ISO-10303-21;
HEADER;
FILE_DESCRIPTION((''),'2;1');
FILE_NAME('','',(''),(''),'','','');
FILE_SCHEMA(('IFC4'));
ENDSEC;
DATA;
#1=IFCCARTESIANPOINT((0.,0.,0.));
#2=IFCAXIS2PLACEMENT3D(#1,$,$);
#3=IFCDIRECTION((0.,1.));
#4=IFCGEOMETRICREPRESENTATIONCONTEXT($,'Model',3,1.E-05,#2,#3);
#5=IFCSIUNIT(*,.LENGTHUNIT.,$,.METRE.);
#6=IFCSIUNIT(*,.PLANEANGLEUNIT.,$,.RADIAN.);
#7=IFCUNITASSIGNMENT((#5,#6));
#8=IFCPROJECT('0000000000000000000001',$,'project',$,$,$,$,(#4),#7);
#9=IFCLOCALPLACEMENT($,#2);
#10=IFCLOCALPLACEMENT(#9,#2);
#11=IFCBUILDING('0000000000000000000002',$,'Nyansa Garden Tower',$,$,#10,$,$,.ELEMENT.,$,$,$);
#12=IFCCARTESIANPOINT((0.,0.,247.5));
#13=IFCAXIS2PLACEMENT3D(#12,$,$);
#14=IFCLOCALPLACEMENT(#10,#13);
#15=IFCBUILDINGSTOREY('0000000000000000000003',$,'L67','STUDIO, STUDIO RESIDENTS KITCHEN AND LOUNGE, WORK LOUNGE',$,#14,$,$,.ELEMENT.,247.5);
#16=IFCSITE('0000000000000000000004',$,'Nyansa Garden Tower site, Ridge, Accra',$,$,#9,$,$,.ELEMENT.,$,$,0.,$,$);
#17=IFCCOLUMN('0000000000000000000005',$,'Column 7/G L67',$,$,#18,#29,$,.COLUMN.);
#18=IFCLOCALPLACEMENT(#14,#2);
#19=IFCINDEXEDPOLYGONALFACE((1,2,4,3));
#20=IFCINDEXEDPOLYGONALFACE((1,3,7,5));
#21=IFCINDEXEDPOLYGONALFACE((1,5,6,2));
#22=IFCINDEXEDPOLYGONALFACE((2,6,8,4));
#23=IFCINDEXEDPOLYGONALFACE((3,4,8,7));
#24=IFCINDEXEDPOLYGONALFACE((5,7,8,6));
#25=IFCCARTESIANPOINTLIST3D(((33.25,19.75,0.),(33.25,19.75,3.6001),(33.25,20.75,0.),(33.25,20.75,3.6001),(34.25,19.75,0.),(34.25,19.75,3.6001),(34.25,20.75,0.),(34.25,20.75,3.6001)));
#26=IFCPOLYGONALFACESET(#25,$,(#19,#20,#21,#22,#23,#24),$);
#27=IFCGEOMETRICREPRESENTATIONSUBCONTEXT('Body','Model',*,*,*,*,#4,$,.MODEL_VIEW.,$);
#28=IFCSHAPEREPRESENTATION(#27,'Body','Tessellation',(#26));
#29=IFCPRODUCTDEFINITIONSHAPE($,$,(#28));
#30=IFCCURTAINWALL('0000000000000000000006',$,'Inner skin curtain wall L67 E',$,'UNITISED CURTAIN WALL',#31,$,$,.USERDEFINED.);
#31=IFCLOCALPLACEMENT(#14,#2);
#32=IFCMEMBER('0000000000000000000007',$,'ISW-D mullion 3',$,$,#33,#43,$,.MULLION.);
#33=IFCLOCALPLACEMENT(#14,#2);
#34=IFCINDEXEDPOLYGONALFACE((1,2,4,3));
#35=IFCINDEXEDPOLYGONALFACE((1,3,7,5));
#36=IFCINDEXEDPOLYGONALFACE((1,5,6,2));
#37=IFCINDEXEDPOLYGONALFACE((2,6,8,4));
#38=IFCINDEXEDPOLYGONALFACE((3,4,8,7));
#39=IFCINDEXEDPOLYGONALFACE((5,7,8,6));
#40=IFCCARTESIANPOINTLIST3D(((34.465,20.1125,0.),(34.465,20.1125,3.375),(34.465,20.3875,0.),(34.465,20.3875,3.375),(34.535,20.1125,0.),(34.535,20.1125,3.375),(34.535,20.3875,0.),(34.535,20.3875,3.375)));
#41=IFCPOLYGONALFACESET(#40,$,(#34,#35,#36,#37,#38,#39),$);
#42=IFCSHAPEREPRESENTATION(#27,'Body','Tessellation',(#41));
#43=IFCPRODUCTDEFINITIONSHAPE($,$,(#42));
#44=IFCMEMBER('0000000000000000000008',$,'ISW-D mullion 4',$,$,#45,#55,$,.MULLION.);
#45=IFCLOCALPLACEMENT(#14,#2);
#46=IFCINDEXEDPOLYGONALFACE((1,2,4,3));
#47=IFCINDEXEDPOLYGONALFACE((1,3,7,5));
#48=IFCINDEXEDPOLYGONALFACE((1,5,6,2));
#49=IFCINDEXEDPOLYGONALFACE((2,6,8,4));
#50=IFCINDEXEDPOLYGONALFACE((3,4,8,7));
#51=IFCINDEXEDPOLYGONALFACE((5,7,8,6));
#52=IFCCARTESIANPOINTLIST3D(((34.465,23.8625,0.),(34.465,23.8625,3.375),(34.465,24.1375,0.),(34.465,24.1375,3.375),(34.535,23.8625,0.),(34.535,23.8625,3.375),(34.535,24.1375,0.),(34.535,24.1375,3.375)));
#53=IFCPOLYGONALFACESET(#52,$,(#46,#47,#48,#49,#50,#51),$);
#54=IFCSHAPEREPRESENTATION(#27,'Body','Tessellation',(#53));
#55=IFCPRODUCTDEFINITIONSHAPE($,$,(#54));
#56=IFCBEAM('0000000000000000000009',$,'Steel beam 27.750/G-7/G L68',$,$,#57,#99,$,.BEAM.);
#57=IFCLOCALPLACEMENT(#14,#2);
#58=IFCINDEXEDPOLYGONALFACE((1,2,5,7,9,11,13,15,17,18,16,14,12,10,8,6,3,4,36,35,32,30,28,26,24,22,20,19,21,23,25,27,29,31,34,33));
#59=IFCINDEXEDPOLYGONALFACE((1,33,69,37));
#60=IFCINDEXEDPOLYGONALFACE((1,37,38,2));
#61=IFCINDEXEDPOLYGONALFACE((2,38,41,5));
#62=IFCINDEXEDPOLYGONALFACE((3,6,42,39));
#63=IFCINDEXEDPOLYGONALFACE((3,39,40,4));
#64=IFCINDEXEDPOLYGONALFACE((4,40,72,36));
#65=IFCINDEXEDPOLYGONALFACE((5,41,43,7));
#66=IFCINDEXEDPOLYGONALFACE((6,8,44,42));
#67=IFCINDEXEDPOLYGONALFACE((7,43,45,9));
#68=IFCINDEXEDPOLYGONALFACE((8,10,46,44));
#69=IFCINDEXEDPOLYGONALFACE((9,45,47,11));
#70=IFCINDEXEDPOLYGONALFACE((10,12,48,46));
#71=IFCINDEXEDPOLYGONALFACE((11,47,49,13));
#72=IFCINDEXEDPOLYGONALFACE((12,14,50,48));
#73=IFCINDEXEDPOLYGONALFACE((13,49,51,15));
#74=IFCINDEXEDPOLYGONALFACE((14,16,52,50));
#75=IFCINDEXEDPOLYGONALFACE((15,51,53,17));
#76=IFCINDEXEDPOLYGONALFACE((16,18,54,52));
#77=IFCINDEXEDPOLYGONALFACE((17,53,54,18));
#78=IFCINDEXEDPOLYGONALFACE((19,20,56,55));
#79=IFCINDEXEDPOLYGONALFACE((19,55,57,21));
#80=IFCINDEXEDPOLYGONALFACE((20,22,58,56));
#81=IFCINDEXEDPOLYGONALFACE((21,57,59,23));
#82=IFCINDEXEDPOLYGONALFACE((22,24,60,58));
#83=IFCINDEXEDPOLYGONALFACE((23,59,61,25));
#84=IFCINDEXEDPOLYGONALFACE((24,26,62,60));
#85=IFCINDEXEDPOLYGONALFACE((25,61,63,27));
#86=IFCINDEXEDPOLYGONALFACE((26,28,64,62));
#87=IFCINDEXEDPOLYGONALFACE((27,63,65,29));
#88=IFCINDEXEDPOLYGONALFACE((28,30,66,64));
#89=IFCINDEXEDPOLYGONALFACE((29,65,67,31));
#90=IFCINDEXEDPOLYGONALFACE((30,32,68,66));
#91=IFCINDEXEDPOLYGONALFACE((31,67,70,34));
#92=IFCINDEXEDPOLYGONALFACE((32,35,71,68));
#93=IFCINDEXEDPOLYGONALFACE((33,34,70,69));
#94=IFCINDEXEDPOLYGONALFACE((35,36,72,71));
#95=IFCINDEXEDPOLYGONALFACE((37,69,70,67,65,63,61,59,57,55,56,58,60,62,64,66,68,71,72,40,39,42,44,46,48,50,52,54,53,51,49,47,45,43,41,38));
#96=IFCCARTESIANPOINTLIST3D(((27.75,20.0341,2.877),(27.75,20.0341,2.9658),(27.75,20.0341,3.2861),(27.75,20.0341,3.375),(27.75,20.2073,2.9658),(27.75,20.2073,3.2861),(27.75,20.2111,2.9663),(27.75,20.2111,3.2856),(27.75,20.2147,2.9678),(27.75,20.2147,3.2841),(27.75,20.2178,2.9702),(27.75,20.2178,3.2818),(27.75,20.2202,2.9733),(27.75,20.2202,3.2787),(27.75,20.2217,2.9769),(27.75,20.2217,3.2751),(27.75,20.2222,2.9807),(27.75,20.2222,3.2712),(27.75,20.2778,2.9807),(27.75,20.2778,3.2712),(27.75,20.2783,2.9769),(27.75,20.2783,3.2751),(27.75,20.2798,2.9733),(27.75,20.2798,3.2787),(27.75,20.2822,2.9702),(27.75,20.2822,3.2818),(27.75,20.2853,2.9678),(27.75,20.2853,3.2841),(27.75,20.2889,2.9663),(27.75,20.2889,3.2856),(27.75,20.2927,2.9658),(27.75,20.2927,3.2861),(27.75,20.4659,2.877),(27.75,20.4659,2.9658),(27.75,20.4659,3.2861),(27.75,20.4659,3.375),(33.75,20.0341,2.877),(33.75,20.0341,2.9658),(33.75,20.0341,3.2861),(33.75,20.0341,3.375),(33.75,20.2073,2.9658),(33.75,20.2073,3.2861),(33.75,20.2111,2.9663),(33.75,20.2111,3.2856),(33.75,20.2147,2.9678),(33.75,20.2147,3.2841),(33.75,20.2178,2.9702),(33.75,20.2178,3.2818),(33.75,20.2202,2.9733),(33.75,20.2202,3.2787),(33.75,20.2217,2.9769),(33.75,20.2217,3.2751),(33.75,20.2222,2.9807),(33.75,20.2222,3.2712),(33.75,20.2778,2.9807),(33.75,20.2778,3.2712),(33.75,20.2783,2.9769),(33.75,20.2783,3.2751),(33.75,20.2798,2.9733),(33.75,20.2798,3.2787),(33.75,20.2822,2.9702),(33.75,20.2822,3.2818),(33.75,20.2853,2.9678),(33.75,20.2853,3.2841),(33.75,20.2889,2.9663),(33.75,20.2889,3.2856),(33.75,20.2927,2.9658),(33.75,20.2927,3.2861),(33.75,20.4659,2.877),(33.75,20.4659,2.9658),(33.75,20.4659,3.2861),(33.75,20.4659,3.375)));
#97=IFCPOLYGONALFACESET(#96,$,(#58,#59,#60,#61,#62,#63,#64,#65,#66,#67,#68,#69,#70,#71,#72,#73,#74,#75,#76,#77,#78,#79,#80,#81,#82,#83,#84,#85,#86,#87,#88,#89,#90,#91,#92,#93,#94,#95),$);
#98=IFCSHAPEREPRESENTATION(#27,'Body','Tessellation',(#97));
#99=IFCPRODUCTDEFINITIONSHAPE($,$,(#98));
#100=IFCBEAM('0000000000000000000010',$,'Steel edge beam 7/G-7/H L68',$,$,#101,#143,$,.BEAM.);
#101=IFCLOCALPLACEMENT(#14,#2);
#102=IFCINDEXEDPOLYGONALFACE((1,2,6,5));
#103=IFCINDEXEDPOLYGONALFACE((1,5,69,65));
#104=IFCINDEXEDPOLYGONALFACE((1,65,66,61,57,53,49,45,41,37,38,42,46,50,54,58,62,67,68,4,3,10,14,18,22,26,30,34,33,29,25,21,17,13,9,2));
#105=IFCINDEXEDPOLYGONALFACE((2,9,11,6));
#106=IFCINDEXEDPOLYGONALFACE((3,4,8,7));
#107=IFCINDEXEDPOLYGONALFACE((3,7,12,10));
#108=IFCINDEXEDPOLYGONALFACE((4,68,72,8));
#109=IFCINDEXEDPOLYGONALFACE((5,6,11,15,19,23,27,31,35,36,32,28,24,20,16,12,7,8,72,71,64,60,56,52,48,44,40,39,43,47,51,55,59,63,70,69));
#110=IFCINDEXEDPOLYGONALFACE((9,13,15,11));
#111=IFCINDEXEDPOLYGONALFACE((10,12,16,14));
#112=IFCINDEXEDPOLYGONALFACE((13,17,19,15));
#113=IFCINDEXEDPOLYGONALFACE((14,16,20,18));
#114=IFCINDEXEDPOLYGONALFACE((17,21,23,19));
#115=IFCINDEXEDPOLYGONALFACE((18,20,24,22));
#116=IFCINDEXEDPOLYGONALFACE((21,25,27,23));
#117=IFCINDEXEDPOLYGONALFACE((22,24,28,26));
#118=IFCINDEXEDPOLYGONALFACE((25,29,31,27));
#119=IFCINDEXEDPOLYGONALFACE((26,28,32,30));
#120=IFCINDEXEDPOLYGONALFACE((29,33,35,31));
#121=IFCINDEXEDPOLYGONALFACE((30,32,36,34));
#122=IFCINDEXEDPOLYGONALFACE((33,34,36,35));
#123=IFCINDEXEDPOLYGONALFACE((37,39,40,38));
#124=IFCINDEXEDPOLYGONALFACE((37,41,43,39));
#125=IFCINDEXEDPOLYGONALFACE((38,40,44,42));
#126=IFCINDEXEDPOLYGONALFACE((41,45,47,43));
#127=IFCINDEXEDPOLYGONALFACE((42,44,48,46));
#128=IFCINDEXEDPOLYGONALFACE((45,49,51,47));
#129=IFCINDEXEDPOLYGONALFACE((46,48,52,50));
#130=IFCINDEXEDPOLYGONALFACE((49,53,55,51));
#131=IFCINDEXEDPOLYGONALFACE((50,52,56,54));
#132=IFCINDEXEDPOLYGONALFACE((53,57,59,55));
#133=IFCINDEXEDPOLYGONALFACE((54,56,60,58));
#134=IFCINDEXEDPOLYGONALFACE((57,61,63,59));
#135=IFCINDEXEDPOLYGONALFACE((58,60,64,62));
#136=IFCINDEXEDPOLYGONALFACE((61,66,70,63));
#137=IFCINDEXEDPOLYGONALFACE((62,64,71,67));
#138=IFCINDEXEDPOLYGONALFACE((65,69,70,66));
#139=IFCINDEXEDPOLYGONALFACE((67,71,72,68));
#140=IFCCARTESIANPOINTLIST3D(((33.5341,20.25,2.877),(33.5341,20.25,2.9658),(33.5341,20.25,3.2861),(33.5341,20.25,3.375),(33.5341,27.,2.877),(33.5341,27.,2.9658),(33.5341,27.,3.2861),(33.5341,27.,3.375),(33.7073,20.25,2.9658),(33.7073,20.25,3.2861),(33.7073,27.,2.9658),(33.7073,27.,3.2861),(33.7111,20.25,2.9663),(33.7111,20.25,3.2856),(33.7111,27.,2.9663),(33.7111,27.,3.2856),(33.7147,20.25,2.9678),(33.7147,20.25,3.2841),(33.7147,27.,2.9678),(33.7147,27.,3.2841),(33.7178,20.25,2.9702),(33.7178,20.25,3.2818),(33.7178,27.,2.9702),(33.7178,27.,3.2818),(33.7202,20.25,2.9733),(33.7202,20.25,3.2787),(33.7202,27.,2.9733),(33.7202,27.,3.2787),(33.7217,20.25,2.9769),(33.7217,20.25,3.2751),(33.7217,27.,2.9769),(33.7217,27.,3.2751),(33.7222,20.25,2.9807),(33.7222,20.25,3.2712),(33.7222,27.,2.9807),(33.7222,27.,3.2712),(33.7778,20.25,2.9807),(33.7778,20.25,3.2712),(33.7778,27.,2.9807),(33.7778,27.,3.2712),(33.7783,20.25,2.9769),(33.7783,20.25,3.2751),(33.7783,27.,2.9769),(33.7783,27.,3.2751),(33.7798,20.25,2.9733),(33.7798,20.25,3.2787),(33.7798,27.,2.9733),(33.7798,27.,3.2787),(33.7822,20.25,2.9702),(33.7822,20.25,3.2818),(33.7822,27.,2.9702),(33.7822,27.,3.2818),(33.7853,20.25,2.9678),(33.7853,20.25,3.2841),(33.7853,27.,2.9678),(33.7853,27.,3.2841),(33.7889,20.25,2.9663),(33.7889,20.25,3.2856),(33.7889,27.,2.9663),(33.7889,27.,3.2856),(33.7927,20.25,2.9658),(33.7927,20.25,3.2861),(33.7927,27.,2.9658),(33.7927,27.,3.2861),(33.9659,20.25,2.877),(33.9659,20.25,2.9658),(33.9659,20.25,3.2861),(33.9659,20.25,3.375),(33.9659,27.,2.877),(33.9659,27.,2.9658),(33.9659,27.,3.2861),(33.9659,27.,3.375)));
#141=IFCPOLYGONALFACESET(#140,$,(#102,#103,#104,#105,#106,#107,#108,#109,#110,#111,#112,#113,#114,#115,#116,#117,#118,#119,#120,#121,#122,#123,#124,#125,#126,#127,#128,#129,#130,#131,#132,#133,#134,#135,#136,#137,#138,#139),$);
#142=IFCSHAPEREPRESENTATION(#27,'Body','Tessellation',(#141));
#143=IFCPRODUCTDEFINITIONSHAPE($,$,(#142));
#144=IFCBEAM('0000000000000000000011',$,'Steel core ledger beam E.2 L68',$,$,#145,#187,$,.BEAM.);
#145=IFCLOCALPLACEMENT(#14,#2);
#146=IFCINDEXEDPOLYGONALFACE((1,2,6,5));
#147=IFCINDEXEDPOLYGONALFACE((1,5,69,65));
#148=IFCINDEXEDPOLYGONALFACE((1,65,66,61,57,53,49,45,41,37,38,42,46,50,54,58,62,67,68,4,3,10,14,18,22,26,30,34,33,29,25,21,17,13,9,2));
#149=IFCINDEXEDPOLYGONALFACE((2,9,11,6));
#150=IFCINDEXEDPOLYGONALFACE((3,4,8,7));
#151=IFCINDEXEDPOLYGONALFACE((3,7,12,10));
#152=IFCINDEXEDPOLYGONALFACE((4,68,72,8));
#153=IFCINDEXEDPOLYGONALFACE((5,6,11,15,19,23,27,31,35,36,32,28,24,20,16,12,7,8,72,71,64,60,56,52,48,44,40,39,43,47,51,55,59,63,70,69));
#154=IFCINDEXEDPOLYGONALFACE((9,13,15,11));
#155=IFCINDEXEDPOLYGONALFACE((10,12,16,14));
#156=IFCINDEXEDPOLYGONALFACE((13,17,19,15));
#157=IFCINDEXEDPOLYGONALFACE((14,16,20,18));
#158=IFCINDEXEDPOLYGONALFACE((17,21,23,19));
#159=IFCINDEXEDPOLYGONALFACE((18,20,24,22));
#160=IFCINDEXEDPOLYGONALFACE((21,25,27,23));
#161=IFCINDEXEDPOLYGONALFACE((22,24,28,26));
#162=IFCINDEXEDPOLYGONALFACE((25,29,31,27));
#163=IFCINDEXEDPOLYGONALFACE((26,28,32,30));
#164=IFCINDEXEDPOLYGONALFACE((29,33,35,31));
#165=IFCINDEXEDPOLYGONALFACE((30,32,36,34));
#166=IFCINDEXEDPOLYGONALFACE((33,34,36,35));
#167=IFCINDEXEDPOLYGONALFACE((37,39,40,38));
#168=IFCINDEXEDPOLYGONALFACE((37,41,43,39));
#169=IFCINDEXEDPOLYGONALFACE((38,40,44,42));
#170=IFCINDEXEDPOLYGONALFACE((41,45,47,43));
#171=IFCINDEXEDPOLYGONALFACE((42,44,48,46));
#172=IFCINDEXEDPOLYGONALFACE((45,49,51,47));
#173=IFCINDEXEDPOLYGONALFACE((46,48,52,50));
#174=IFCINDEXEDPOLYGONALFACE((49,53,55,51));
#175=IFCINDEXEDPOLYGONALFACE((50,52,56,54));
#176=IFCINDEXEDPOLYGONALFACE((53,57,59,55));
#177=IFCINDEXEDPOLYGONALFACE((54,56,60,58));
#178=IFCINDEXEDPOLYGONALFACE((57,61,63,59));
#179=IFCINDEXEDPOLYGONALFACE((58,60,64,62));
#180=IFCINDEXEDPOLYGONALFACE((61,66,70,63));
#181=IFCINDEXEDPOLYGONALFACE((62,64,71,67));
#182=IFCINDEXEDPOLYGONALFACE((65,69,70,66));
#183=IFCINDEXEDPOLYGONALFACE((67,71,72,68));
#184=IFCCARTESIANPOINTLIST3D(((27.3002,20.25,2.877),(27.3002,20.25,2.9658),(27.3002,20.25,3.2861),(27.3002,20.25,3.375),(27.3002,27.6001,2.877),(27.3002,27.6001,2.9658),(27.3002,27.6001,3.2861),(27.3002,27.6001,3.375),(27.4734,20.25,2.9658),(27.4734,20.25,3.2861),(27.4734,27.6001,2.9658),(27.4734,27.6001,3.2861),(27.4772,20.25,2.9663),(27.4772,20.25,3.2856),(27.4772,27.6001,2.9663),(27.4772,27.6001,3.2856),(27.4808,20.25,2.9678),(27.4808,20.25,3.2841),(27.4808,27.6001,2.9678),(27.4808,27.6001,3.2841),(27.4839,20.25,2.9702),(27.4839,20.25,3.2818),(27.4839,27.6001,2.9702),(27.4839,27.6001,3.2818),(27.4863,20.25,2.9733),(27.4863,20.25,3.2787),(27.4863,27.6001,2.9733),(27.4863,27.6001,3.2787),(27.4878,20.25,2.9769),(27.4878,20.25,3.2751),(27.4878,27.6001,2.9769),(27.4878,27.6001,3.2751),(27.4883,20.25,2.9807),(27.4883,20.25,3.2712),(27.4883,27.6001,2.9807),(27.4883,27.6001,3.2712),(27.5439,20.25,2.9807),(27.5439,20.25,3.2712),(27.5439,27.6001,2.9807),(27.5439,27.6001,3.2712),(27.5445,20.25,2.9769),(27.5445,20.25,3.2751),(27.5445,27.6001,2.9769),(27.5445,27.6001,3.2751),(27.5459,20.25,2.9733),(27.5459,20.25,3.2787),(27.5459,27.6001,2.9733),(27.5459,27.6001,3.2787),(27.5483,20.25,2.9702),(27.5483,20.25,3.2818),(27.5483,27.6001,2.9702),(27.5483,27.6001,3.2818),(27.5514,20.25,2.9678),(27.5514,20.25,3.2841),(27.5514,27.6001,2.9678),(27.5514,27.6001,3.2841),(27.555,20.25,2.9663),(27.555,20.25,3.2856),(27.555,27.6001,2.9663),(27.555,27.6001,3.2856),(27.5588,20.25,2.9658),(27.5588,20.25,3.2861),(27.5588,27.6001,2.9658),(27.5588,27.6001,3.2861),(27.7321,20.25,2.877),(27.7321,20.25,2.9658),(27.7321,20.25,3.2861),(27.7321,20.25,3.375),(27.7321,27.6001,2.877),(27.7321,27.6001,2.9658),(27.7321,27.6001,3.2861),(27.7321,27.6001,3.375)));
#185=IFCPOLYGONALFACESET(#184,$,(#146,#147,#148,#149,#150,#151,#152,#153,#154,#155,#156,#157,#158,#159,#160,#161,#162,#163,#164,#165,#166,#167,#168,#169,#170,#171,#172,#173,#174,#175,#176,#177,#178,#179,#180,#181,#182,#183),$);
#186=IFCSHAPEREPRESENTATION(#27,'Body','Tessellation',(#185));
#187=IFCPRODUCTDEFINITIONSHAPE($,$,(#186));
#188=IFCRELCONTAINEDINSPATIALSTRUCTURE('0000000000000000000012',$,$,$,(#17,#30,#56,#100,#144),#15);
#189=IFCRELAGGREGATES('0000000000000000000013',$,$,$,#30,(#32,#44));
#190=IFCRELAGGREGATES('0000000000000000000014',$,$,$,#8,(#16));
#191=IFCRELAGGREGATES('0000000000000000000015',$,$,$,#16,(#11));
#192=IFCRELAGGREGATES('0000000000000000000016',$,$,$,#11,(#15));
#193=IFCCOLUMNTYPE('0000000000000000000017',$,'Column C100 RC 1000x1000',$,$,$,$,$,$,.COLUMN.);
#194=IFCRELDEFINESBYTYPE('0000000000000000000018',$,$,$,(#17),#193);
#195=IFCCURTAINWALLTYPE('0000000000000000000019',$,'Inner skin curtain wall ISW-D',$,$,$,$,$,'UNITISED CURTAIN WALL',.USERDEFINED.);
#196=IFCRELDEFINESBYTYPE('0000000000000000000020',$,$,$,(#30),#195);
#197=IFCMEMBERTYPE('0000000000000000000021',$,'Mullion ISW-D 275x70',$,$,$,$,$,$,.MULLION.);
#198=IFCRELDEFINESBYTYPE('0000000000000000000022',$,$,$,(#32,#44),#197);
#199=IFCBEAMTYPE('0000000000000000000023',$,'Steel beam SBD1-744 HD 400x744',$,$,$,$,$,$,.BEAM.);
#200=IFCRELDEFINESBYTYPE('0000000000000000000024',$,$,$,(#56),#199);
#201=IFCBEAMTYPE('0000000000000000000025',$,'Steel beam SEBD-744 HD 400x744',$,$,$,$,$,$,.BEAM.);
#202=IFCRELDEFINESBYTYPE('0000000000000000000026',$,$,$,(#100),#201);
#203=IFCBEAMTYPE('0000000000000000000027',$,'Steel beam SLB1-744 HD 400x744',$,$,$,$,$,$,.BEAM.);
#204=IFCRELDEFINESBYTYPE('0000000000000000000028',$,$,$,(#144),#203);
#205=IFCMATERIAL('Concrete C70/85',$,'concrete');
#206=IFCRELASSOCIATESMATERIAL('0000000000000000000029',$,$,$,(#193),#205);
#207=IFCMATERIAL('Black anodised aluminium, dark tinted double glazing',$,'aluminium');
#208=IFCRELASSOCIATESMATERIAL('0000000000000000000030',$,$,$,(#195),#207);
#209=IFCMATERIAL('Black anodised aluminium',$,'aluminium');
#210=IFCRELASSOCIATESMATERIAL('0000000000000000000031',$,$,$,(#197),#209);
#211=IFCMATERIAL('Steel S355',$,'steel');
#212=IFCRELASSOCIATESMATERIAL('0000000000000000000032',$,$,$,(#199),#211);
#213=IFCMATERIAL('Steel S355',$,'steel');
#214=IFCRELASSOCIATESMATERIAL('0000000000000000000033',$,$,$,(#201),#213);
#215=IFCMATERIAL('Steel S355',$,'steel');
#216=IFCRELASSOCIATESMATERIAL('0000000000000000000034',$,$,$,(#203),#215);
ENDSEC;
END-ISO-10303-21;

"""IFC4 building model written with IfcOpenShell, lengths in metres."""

from ifc_helpers import new_model, si_unit, direction, frame, origin, origin_2d, place, context, subcontext, project, spatial, rectangle, i_section, extrude, material, material_profile, profile_set, type_object, element, aggregate, save


model = new_model("IFC4")

# Units and contexts
model_context = context("Model", 3, precision=1e-05, world=origin(), true_north=direction((0.0, 1.0)))
body_context = subcontext(model_context, "Body", "Model", "MODEL_VIEW")
ifc_project = project(units=[si_unit("LENGTHUNIT", "METRE"), si_unit("PLANEANGLEUNIT", "RADIAN")], contexts=[model_context])

# Site, building, storey
site_placement = place(None, origin())
site = spatial("IfcSite", under=ifc_project, at=site_placement, Name="Nyansa Garden Tower site, Ridge, Accra", CompositionType="ELEMENT", RefElevation=0.0)
building_placement = place(site_placement, origin())
building = spatial("IfcBuilding", under=site, at=building_placement, Name="Nyansa Garden Tower", CompositionType="ELEMENT")
storey_placement = place(building_placement, frame((0.0, 0.0, 247.5)))
storey = spatial("IfcBuildingStorey", under=building, at=storey_placement, Name="L67", Description="STUDIO, STUDIO RESIDENTS KITCHEN AND LOUNGE, WORK LOUNGE", CompositionType="ELEMENT", Elevation=247.5)

# Column
ifc_material_1 = material(Name="Concrete C70/85", Category="concrete")
ifc_material_profile_1 = material_profile(ifc_material_1, rectangle(XDim=1.0, YDim=1.0, at=origin_2d()), Name="RC 1000x1000")
ifc_profile_set_1 = profile_set([ifc_material_profile_1], Name="Concrete C70/85")
column_type = type_object("IfcColumnType", Name="Column C100 RC 1000x1000", PredefinedType="COLUMN", material=ifc_profile_set_1)
column_placement = place(storey_placement, frame((33.75, 20.25, 0.0), z_axis=(0.0, 0.0, 1.0), x_axis=(1.0, 0.0, 0.0)))
element("IfcColumn", 1, at=column_placement, inside=storey, type_object=column_type, Name="Column 7/G L67", PredefinedType="COLUMN", context=body_context, shape_type="SweptSolid", body=[
    extrude(rectangle(XDim=1.0, YDim=1.0, at=origin_2d()), origin(), (0.0, 0.0, 1.0), 3.6001),
])

# Curtain wall, members
ifc_material_2 = material(Name="Black anodised aluminium, dark tinted double glazing", Category="aluminium")
curtain_wall_type = type_object("IfcCurtainWallType", Name="Inner skin curtain wall ISW-D", ElementType="UNITISED CURTAIN WALL", PredefinedType="USERDEFINED", material=ifc_material_2)
curtain_wall_placement = place(storey_placement, origin())
curtain_wall = element("IfcCurtainWall", 2, at=curtain_wall_placement, inside=storey, type_object=curtain_wall_type, Name="Inner skin curtain wall L67 E", ObjectType="UNITISED CURTAIN WALL", PredefinedType="USERDEFINED")
ifc_material_3 = material(Name="Black anodised aluminium", Category="aluminium")
ifc_material_profile_2 = material_profile(ifc_material_3, rectangle(XDim=0.0701, YDim=0.2749, at=origin_2d()), Name="Mullion 275x70")
ifc_profile_set_2 = profile_set([ifc_material_profile_2], Name="Black anodised aluminium")
member_type_1 = type_object("IfcMemberType", Name="Mullion ISW-D 275x70", PredefinedType="MULLION", material=ifc_profile_set_2)
member_1_placement = place(storey_placement, frame((34.5, 20.25, 0.0), z_axis=(0.0, 0.0, 1.0), x_axis=(-1.0, 0.0, 0.0)))
member_1 = element("IfcMember", 3, at=member_1_placement, type_object=member_type_1, Name="ISW-D mullion 3", PredefinedType="MULLION", context=body_context, shape_type="SweptSolid", body=[
    extrude(rectangle(XDim=0.0701, YDim=0.2749, at=origin_2d()), origin(), (0.0, 0.0, 1.0), 3.375),
])
member_2_placement = place(storey_placement, frame((34.5, 24.0, 0.0), z_axis=(0.0, 0.0, 1.0), x_axis=(-1.0, 0.0, 0.0)))
member_2 = element("IfcMember", 4, at=member_2_placement, type_object=member_type_1, Name="ISW-D mullion 4", PredefinedType="MULLION", context=body_context, shape_type="SweptSolid", body=[
    extrude(rectangle(XDim=0.0701, YDim=0.2749, at=origin_2d()), origin(), (0.0, 0.0, 1.0), 3.375),
])

# Beams
ifc_material_4 = material(Name="Steel S355", Category="steel")
ifc_material_profile_3 = material_profile(ifc_material_4, i_section(OverallWidth=0.4319, OverallDepth=0.498, WebThickness=0.0557, FlangeThickness=0.0889, FilletRadius=0.0149, at=origin_2d()), Name="HD 400x744")
ifc_profile_set_3 = profile_set([ifc_material_profile_3], Name="Steel S355")
beam_type_1 = type_object("IfcBeamType", Name="Steel beam SBD1-744 HD 400x744", PredefinedType="BEAM", material=ifc_profile_set_3)
beam_1_placement = place(storey_placement, frame((27.75, 20.25, 3.126), z_axis=(1.0, 0.0, 0.0), x_axis=(0.0, 1.0, 0.0)))
element("IfcBeam", 5, at=beam_1_placement, inside=storey, type_object=beam_type_1, Name="Steel beam 27.750/G-7/G L68", PredefinedType="BEAM", context=body_context, shape_type="SweptSolid", body=[
    extrude(i_section(OverallWidth=0.4319, OverallDepth=0.498, WebThickness=0.0557, FlangeThickness=0.0889, FilletRadius=0.0149, at=origin_2d()), origin(), (0.0, 0.0, 1.0), 6.0),
])
ifc_material_5 = material(Name="Steel S355", Category="steel")
ifc_material_profile_4 = material_profile(ifc_material_5, i_section(OverallWidth=0.4319, OverallDepth=0.498, WebThickness=0.0557, FlangeThickness=0.0889, FilletRadius=0.0149, at=origin_2d()), Name="HD 400x744")
ifc_profile_set_4 = profile_set([ifc_material_profile_4], Name="Steel S355")
beam_type_2 = type_object("IfcBeamType", Name="Steel beam SEBD-744 HD 400x744", PredefinedType="BEAM", material=ifc_profile_set_4)
beam_2_placement = place(storey_placement, frame((33.75, 20.25, 3.126), z_axis=(0.0, 1.0, 0.0), x_axis=(-1.0, 0.0, 0.0)))
element("IfcBeam", 6, at=beam_2_placement, inside=storey, type_object=beam_type_2, Name="Steel edge beam 7/G-7/H L68", PredefinedType="BEAM", context=body_context, shape_type="SweptSolid", body=[
    extrude(i_section(OverallWidth=0.4319, OverallDepth=0.498, WebThickness=0.0557, FlangeThickness=0.0889, FilletRadius=0.0149, at=origin_2d()), origin(), (0.0, 0.0, 1.0), 6.75),
])
ifc_material_6 = material(Name="Steel S355", Category="steel")
ifc_material_profile_5 = material_profile(ifc_material_6, i_section(OverallWidth=0.4319, OverallDepth=0.498, WebThickness=0.0557, FlangeThickness=0.0889, FilletRadius=0.0149, at=origin_2d()), Name="HD 400x744")
ifc_profile_set_5 = profile_set([ifc_material_profile_5], Name="Steel S355")
beam_type_3 = type_object("IfcBeamType", Name="Steel beam SLB1-744 HD 400x744", PredefinedType="BEAM", material=ifc_profile_set_5)
beam_3_placement = place(storey_placement, frame((27.5161, 20.25, 3.126), z_axis=(0.0, 1.0, 0.0), x_axis=(-1.0, 0.0, 0.0)))
element("IfcBeam", 7, at=beam_3_placement, inside=storey, type_object=beam_type_3, Name="Steel core ledger beam E.2 L68", PredefinedType="BEAM", context=body_context, shape_type="SweptSolid", body=[
    extrude(i_section(OverallWidth=0.4319, OverallDepth=0.498, WebThickness=0.0557, FlangeThickness=0.0889, FilletRadius=0.0149, at=origin_2d()), origin(), (0.0, 0.0, 1.0), 7.3501),
])

aggregate(curtain_wall, [member_1, member_2])

save(model, "model.ifc")
